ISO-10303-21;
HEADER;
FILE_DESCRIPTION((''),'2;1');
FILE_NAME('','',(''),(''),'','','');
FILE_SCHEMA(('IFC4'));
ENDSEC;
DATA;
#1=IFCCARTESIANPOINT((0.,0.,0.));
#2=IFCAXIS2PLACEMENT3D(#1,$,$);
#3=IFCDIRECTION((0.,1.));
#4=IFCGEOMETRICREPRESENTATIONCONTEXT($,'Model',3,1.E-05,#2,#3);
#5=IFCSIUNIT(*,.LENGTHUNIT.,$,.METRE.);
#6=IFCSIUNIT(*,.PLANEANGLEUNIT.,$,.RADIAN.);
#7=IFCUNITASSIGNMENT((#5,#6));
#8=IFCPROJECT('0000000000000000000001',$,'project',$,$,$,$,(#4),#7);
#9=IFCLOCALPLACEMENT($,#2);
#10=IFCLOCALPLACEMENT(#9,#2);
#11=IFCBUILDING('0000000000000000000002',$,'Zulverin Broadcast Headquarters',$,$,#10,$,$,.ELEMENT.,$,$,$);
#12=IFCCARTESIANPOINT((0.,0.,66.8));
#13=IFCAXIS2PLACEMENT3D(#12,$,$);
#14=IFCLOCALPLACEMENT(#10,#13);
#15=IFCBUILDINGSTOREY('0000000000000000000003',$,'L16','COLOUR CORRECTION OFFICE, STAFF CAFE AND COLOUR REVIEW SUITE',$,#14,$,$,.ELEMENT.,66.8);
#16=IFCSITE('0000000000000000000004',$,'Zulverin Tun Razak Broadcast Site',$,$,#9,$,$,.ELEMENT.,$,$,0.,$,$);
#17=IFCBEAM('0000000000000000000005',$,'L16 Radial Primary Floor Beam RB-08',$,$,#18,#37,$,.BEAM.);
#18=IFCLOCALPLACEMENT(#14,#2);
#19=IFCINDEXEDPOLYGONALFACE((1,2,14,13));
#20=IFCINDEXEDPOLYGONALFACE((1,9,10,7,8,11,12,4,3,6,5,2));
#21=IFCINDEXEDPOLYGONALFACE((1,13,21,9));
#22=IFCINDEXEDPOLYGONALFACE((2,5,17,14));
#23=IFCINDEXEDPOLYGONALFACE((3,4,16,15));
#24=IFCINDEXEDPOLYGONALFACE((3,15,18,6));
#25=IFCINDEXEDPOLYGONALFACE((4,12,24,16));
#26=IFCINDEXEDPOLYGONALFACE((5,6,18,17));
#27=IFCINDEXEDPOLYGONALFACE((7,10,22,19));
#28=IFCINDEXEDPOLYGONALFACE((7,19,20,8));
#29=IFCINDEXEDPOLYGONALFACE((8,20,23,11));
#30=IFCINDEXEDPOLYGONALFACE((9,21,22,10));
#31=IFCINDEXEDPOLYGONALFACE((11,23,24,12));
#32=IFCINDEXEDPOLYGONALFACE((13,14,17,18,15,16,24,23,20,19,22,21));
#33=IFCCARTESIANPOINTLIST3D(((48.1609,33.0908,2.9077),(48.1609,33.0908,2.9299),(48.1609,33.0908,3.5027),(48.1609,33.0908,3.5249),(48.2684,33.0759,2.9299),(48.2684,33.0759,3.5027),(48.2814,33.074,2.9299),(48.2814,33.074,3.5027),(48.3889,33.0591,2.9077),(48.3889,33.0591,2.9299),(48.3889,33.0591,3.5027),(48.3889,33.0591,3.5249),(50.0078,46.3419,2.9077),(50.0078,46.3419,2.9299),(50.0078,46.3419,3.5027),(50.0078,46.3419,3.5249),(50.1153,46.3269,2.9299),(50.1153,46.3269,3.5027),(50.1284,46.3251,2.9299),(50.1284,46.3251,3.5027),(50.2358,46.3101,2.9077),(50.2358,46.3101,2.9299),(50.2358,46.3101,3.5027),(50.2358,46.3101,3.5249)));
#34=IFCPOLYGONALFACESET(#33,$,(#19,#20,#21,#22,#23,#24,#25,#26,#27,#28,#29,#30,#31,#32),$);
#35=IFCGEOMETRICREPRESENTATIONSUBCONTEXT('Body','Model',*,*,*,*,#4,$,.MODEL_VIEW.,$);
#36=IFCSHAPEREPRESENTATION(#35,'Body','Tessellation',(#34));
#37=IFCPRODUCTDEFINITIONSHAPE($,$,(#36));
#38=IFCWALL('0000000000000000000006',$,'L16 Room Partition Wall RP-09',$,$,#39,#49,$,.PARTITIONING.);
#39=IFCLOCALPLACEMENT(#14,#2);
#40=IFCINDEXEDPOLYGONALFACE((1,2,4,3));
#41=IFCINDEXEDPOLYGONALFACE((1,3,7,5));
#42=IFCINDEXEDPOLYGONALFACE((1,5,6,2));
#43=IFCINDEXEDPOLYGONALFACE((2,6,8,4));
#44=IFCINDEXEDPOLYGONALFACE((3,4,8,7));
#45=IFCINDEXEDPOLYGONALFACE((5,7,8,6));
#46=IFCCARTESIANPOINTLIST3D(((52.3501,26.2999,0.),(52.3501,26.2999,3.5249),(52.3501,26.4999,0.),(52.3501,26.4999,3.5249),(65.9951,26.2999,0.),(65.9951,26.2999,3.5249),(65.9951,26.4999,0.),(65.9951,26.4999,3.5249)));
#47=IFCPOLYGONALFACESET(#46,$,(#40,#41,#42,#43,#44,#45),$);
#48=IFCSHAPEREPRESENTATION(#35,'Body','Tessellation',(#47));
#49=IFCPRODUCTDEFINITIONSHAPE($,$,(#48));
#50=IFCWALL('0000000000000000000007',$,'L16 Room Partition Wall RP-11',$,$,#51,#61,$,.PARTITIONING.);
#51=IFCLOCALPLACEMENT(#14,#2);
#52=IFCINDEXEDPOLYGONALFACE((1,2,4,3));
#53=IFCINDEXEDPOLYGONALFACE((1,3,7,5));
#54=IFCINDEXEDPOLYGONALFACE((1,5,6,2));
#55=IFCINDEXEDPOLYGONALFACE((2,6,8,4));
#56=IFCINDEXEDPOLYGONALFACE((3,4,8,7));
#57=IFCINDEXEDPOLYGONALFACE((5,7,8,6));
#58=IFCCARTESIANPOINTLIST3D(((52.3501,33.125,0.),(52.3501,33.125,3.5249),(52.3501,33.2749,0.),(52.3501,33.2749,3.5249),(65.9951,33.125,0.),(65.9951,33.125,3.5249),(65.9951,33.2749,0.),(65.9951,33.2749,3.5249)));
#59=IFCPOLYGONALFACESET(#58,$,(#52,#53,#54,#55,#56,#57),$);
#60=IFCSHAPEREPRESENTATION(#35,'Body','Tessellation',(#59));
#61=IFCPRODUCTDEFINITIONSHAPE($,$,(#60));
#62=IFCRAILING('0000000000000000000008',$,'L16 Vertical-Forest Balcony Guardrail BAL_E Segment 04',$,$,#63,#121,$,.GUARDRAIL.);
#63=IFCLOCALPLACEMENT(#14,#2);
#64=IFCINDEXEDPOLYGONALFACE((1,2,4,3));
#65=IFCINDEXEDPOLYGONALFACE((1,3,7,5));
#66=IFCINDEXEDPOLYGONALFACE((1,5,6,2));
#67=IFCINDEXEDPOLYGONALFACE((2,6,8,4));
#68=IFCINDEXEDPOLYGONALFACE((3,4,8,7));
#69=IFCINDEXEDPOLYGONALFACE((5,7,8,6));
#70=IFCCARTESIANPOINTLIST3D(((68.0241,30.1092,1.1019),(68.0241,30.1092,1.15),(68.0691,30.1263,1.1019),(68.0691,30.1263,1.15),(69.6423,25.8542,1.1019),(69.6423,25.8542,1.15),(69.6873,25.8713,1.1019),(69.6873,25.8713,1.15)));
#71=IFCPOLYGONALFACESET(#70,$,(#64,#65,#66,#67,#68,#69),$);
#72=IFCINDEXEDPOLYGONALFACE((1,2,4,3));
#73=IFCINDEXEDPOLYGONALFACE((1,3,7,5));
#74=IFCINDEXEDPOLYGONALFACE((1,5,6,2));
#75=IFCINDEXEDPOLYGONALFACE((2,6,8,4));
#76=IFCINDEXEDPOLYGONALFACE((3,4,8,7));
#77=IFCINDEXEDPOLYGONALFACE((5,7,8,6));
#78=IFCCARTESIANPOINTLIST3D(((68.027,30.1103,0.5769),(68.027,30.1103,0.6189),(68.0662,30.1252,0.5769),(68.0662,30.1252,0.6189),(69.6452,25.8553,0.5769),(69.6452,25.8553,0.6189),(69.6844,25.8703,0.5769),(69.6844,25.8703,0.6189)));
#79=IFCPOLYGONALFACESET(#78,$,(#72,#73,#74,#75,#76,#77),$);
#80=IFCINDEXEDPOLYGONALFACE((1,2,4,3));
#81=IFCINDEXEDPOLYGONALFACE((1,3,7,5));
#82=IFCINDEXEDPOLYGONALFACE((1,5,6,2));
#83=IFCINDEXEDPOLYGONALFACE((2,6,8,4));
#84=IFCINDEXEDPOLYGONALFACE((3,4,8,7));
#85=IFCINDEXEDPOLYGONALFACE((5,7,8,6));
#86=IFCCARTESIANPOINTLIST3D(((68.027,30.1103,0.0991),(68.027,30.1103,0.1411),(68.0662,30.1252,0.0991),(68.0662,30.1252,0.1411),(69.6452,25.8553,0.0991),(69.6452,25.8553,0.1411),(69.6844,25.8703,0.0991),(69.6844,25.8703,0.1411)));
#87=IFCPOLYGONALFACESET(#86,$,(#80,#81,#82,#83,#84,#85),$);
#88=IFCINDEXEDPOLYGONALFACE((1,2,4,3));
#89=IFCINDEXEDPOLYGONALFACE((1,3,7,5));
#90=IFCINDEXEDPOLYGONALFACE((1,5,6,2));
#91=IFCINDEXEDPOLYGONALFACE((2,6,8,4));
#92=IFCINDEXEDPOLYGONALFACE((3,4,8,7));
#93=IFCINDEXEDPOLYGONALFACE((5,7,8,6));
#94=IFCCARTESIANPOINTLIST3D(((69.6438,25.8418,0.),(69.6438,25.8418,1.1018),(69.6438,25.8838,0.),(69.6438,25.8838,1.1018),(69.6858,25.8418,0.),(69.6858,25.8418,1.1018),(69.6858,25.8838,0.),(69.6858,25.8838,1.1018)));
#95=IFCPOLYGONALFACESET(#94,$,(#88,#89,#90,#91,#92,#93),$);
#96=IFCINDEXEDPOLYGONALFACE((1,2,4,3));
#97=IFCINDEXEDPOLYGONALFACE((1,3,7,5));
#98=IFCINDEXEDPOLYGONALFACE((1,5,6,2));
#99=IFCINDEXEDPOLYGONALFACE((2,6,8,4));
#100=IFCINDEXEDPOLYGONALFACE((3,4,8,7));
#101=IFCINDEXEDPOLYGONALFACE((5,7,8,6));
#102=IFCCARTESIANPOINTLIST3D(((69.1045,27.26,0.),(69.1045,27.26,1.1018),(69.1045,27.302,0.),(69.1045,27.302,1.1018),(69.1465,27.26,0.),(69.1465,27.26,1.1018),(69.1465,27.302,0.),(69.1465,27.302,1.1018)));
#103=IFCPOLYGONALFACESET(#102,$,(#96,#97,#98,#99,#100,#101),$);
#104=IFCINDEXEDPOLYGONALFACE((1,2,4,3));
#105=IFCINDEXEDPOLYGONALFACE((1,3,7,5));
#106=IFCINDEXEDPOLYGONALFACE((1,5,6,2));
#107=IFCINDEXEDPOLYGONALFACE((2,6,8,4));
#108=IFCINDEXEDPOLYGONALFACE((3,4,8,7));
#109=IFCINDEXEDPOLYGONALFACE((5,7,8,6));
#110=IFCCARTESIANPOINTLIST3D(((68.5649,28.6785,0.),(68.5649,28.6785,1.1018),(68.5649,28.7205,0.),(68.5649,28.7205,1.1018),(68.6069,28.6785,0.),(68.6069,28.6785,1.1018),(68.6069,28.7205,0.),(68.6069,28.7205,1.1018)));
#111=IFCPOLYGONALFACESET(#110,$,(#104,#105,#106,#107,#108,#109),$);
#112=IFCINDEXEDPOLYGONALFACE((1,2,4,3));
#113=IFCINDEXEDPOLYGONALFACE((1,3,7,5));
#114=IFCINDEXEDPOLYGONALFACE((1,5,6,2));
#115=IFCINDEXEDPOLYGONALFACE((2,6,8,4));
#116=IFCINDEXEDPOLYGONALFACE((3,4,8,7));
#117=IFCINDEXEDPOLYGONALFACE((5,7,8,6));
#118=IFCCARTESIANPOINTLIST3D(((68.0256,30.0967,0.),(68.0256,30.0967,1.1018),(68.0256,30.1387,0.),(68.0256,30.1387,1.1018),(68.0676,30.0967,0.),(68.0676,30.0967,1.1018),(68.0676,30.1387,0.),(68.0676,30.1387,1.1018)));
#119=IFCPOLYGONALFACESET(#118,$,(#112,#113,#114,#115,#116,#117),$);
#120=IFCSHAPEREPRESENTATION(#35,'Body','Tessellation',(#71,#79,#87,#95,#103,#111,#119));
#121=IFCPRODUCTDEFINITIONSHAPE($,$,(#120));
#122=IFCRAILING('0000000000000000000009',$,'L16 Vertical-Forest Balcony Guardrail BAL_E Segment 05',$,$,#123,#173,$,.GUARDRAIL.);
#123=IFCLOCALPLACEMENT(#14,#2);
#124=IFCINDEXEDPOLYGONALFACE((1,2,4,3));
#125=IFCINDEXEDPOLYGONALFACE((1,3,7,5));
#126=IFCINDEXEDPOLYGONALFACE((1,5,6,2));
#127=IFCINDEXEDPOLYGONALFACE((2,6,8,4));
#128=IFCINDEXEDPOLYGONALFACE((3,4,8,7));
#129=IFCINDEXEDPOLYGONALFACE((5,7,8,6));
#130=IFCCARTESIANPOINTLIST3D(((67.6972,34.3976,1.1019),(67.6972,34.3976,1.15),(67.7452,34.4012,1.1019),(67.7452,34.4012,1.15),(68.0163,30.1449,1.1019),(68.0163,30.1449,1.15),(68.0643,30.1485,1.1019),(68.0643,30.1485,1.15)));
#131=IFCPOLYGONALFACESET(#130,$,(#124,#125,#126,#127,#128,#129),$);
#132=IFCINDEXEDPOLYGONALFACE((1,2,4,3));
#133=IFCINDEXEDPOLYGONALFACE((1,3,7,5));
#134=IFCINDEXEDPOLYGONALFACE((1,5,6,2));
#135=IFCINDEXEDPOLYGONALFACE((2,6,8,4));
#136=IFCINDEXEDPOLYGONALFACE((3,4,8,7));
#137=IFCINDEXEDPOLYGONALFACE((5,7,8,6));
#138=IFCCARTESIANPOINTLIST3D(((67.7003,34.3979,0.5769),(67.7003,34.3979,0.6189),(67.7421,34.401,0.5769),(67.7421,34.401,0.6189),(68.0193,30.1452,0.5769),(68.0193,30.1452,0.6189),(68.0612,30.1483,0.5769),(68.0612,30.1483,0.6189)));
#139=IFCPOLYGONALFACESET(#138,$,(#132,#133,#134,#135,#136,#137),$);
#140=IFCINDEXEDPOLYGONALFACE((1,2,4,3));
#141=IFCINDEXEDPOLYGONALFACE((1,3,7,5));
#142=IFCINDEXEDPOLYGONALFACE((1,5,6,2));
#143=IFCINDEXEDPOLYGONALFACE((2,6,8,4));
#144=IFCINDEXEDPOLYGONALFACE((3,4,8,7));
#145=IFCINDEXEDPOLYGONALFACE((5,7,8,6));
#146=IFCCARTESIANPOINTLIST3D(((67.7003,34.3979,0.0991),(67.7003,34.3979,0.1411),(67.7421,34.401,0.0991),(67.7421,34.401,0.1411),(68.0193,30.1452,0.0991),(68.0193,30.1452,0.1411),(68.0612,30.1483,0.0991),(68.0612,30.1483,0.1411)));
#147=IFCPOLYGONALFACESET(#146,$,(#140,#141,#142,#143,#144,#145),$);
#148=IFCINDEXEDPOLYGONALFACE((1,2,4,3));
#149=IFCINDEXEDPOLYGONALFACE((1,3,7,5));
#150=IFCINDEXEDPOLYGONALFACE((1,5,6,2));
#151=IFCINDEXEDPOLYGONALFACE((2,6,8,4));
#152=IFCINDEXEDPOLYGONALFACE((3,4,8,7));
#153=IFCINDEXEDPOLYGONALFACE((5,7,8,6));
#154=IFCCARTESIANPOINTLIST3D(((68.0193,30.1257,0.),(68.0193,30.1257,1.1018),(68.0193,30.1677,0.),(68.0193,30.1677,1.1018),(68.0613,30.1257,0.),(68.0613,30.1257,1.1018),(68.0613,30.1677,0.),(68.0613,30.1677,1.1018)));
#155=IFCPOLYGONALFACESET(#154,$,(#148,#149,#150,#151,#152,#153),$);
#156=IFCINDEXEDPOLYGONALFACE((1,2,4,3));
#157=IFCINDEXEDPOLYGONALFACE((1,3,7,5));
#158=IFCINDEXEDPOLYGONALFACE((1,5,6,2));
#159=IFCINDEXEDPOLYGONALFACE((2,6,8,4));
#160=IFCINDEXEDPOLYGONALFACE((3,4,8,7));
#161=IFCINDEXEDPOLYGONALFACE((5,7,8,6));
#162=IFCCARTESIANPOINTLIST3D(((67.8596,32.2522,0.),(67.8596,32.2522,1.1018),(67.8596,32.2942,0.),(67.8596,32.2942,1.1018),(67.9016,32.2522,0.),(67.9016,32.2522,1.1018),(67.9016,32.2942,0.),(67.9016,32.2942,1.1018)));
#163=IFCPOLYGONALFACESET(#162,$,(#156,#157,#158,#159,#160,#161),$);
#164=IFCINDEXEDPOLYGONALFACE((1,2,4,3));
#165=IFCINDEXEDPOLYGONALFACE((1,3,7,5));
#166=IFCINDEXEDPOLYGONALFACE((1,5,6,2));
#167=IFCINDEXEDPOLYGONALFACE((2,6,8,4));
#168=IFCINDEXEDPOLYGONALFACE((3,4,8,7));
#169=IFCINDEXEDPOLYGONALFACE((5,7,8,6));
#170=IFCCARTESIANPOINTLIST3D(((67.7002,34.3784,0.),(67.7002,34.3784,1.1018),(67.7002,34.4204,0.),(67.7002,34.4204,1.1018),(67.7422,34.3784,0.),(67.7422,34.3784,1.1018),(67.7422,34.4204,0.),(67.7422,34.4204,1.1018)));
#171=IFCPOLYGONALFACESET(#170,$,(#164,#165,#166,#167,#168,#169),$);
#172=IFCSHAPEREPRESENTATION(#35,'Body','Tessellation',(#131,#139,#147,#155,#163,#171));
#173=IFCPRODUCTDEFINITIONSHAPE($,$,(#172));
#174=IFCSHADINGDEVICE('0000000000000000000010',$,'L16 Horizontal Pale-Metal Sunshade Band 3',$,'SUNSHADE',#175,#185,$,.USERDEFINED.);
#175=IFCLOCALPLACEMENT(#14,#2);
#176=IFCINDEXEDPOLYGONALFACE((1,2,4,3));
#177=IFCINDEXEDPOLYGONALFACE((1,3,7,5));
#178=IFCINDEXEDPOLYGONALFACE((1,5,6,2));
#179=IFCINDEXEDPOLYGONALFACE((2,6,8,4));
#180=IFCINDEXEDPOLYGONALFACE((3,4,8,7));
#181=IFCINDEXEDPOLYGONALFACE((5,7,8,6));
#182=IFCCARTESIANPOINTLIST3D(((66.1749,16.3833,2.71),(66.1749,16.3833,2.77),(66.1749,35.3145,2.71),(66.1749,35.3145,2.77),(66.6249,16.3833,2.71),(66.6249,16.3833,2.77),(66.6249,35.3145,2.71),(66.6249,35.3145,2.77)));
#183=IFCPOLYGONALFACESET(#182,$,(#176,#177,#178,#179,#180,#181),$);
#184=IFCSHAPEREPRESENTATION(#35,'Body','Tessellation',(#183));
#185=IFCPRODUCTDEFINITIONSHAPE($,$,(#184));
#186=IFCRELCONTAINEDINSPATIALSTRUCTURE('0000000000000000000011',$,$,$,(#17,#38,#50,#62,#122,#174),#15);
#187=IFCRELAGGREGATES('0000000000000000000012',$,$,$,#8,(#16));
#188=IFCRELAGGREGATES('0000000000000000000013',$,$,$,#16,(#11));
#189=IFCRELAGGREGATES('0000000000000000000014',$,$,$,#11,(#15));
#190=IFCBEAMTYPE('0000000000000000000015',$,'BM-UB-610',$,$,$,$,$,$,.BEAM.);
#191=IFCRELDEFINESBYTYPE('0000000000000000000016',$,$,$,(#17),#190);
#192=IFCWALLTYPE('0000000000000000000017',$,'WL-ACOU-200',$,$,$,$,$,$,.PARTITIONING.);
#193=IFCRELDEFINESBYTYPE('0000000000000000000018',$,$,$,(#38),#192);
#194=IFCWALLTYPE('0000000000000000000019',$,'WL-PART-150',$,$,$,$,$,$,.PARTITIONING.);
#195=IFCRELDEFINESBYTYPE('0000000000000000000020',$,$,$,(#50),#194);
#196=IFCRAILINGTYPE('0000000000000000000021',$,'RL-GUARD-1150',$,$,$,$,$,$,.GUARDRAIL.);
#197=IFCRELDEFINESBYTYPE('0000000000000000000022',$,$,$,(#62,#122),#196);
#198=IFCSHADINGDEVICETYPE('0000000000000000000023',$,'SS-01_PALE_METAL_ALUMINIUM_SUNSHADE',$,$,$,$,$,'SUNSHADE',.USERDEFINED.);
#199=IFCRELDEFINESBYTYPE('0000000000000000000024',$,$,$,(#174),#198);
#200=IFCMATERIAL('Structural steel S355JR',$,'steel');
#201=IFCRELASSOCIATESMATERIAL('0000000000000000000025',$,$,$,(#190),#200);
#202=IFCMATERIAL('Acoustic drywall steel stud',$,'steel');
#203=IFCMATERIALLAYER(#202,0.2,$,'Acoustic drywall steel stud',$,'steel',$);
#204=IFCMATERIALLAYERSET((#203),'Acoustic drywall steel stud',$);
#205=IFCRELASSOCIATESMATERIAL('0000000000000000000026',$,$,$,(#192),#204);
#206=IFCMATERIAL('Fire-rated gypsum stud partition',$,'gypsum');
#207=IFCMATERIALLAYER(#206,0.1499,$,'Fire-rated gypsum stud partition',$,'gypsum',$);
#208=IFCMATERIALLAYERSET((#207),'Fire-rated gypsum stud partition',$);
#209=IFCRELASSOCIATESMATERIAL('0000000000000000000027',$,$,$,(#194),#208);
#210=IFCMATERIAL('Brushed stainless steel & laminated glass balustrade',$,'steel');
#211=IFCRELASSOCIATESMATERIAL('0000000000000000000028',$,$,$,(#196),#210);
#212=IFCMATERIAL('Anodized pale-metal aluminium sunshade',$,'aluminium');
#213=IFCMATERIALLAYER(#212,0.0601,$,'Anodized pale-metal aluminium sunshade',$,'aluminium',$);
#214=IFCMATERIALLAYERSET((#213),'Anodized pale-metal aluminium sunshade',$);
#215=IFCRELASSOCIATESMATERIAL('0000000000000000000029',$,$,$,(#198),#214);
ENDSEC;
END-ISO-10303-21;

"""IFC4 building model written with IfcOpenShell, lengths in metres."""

from ifc_helpers import new_model, si_unit, direction, frame, frame_2d, origin, origin_2d, place, context, subcontext, project, spatial, rectangle, i_section, extrude, material, layer, layer_set, material_profile, profile_set, type_object, element, save


model = new_model("IFC4")

# Units and contexts
model_context = context("Model", 3, precision=1e-05, world=origin(), true_north=direction((0.0, 1.0)))
body_context = subcontext(model_context, "Body", "Model", "MODEL_VIEW")
ifc_project = project(units=[si_unit("LENGTHUNIT", "METRE"), si_unit("PLANEANGLEUNIT", "RADIAN")], contexts=[model_context])

# Site, building, storey
site_placement = place(None, origin())
site = spatial("IfcSite", under=ifc_project, at=site_placement, Name="Zulverin Tun Razak Broadcast Site", CompositionType="ELEMENT", RefElevation=0.0)
building_placement = place(site_placement, origin())
building = spatial("IfcBuilding", under=site, at=building_placement, Name="Zulverin Broadcast Headquarters", CompositionType="ELEMENT")
storey_placement = place(building_placement, frame((0.0, 0.0, 66.8)))
storey = spatial("IfcBuildingStorey", under=building, at=storey_placement, Name="L16", Description="COLOUR CORRECTION OFFICE, STAFF CAFE AND COLOUR REVIEW SUITE", CompositionType="ELEMENT", Elevation=66.8)

# Beam
ifc_material_1 = material(Name="Structural steel S355JR", Category="steel")
ifc_material_profile_1 = material_profile(ifc_material_1, i_section(OverallWidth=0.2302, OverallDepth=0.6172, WebThickness=0.0132, FlangeThickness=0.0222, at=origin_2d()), Name="Structural steel S355JR", Category="steel")
ifc_profile_set_1 = profile_set([ifc_material_profile_1], Name="Structural steel S355JR")
beam_type_1 = type_object("IfcBeamType", Name="BM-UB-610", PredefinedType="BEAM", material=ifc_profile_set_1)
beam_1_placement = place(storey_placement, frame((48.2749, 33.075, 3.2163), z_axis=(0.138046, 0.990426, 0.0), x_axis=(-0.990426, 0.138046, 0.0)))
element("IfcBeam", 1, at=beam_1_placement, inside=storey, type_object=beam_type_1, Name="L16 Radial Primary Floor Beam RB-08", PredefinedType="BEAM", context=body_context, shape_type="SweptSolid", body=[
    extrude(i_section(OverallWidth=0.2302, OverallDepth=0.6172, WebThickness=0.0132, FlangeThickness=0.0222, at=origin_2d()), origin(), (0.0, 0.0, 1.0), 13.3792),
])

# Walls
ifc_material_2 = material(Name="Acoustic drywall steel stud", Category="steel")
ifc_layer_1 = layer(ifc_material_2, 0.2, Name="Acoustic drywall steel stud", Category="steel")
ifc_layer_set_1 = layer_set([ifc_layer_1], Name="Acoustic drywall steel stud")
wall_type_1 = type_object("IfcWallType", Name="WL-ACOU-200", PredefinedType="PARTITIONING", material=ifc_layer_set_1)
wall_1_placement = place(storey_placement, frame((52.3501, 26.3999, 0.0), z_axis=(0.0, 0.0, 1.0), x_axis=(1.0, 0.0, 0.0)))
element("IfcWall", 2, at=wall_1_placement, inside=storey, type_object=wall_type_1, Name="L16 Room Partition Wall RP-09", PredefinedType="PARTITIONING", context=body_context, shape_type="SweptSolid", body=[
    extrude(rectangle(XDim=13.645, YDim=0.2, at=frame_2d((6.8225, 0.0))), origin(), (0.0, 0.0, 1.0), 3.5249),
])
ifc_material_3 = material(Name="Fire-rated gypsum stud partition", Category="gypsum")
ifc_layer_2 = layer(ifc_material_3, 0.1499, Name="Fire-rated gypsum stud partition", Category="gypsum")
ifc_layer_set_2 = layer_set([ifc_layer_2], Name="Fire-rated gypsum stud partition")
wall_type_2 = type_object("IfcWallType", Name="WL-PART-150", PredefinedType="PARTITIONING", material=ifc_layer_set_2)
wall_2_placement = place(storey_placement, frame((52.3501, 33.2, 0.0), z_axis=(0.0, 0.0, 1.0), x_axis=(1.0, 0.0, 0.0)))
element("IfcWall", 3, at=wall_2_placement, inside=storey, type_object=wall_type_2, Name="L16 Room Partition Wall RP-11", PredefinedType="PARTITIONING", context=body_context, shape_type="SweptSolid", body=[
    extrude(rectangle(XDim=13.645, YDim=0.1499, at=frame_2d((6.8225, 0.0))), origin(), (0.0, 0.0, 1.0), 3.5249),
])

# Railings
ifc_material_4 = material(Name="Brushed stainless steel & laminated glass balustrade", Category="steel")
railing_type = type_object("IfcRailingType", Name="RL-GUARD-1150", PredefinedType="GUARDRAIL", material=ifc_material_4)
railing_1_placement = place(storey_placement, frame((69.6648, 25.8628, 0.0)))
element("IfcRailing", 4, at=railing_1_placement, inside=storey, type_object=railing_type, Name="L16 Vertical-Forest Balcony Guardrail BAL_E Segment 04", PredefinedType="GUARDRAIL", context=body_context, shape_type="SweptSolid", body=[
    extrude(rectangle(XDim=0.0481, YDim=0.0481, at=origin_2d()), frame((0.0, 0.0, 1.126), z_axis=(-0.355469, 0.934688, 0.0), x_axis=(-0.934688, -0.355469, 0.0)), (0.0, 0.0, 1.0), 4.5522),
    extrude(rectangle(XDim=0.042, YDim=0.042, at=origin_2d()), frame((0.0, 0.0, 0.5979), z_axis=(-0.355469, 0.934688, 0.0), x_axis=(-0.934688, -0.355469, 0.0)), (0.0, 0.0, 1.0), 4.5522),
    extrude(rectangle(XDim=0.042, YDim=0.042, at=origin_2d()), frame((0.0, 0.0, 0.1201), z_axis=(-0.355469, 0.934688, 0.0), x_axis=(-0.934688, -0.355469, 0.0)), (0.0, 0.0, 1.0), 4.5522),
    extrude(rectangle(XDim=0.042, YDim=0.042, at=origin_2d()), origin(), (0.0, 0.0, 1.0), 1.1018),
    extrude(rectangle(XDim=0.042, YDim=0.042, at=origin_2d()), frame((-0.5393, 1.4182, 0.0)), (0.0, 0.0, 1.0), 1.1018),
    extrude(rectangle(XDim=0.042, YDim=0.042, at=origin_2d()), frame((-1.0789, 2.8367, 0.0)), (0.0, 0.0, 1.0), 1.1018),
    extrude(rectangle(XDim=0.042, YDim=0.042, at=origin_2d()), frame((-1.6182, 4.2549, 0.0)), (0.0, 0.0, 1.0), 1.1018),
])
railing_2_placement = place(storey_placement, frame((68.0403, 30.1467, 0.0)))
element("IfcRailing", 5, at=railing_2_placement, inside=storey, type_object=railing_type, Name="L16 Vertical-Forest Balcony Guardrail BAL_E Segment 05", PredefinedType="GUARDRAIL", context=body_context, shape_type="SweptSolid", body=[
    extrude(rectangle(XDim=0.0481, YDim=0.0481, at=origin_2d()), frame((0.0, 0.0, 1.126), z_axis=(-0.074823, 0.997197, 0.0), x_axis=(-0.997197, -0.074823, 0.0)), (0.0, 0.0, 1.0), 4.2646),
    extrude(rectangle(XDim=0.042, YDim=0.042, at=origin_2d()), frame((0.0, 0.0, 0.5979), z_axis=(-0.074823, 0.997197, 0.0), x_axis=(-0.997197, -0.074823, 0.0)), (0.0, 0.0, 1.0), 4.2646),
    extrude(rectangle(XDim=0.042, YDim=0.042, at=origin_2d()), frame((0.0, 0.0, 0.1201), z_axis=(-0.074823, 0.997197, 0.0), x_axis=(-0.997197, -0.074823, 0.0)), (0.0, 0.0, 1.0), 4.2646),
    extrude(rectangle(XDim=0.042, YDim=0.042, at=origin_2d()), origin(), (0.0, 0.0, 1.0), 1.1018),
    extrude(rectangle(XDim=0.042, YDim=0.042, at=origin_2d()), frame((-0.1597, 2.1265, 0.0)), (0.0, 0.0, 1.0), 1.1018),
    extrude(rectangle(XDim=0.042, YDim=0.042, at=origin_2d()), frame((-0.3191, 4.2527, 0.0)), (0.0, 0.0, 1.0), 1.1018),
])

# Shading device
ifc_material_5 = material(Name="Anodized pale-metal aluminium sunshade", Category="aluminium")
ifc_layer_3 = layer(ifc_material_5, 0.0601, Name="Anodized pale-metal aluminium sunshade", Category="aluminium")
ifc_layer_set_3 = layer_set([ifc_layer_3], Name="Anodized pale-metal aluminium sunshade")
shading_device_type = type_object("IfcShadingDeviceType", Name="SS-01_PALE_METAL_ALUMINIUM_SUNSHADE", ElementType="SUNSHADE", PredefinedType="USERDEFINED", material=ifc_layer_set_3)
shading_device_placement = place(storey_placement, frame((66.3999, 25.8489, 2.71), z_axis=(0.0, 0.0, 1.0), x_axis=(0.0, 1.0, 0.0)))
element("IfcShadingDevice", 6, at=shading_device_placement, inside=storey, type_object=shading_device_type, Name="L16 Horizontal Pale-Metal Sunshade Band 3", ObjectType="SUNSHADE", PredefinedType="USERDEFINED", context=body_context, shape_type="SweptSolid", body=[
    extrude(rectangle(XDim=18.9312, YDim=0.45, at=origin_2d()), origin(), (0.0, 0.0, 1.0), 0.0601),
])

save(model, "model.ifc")
